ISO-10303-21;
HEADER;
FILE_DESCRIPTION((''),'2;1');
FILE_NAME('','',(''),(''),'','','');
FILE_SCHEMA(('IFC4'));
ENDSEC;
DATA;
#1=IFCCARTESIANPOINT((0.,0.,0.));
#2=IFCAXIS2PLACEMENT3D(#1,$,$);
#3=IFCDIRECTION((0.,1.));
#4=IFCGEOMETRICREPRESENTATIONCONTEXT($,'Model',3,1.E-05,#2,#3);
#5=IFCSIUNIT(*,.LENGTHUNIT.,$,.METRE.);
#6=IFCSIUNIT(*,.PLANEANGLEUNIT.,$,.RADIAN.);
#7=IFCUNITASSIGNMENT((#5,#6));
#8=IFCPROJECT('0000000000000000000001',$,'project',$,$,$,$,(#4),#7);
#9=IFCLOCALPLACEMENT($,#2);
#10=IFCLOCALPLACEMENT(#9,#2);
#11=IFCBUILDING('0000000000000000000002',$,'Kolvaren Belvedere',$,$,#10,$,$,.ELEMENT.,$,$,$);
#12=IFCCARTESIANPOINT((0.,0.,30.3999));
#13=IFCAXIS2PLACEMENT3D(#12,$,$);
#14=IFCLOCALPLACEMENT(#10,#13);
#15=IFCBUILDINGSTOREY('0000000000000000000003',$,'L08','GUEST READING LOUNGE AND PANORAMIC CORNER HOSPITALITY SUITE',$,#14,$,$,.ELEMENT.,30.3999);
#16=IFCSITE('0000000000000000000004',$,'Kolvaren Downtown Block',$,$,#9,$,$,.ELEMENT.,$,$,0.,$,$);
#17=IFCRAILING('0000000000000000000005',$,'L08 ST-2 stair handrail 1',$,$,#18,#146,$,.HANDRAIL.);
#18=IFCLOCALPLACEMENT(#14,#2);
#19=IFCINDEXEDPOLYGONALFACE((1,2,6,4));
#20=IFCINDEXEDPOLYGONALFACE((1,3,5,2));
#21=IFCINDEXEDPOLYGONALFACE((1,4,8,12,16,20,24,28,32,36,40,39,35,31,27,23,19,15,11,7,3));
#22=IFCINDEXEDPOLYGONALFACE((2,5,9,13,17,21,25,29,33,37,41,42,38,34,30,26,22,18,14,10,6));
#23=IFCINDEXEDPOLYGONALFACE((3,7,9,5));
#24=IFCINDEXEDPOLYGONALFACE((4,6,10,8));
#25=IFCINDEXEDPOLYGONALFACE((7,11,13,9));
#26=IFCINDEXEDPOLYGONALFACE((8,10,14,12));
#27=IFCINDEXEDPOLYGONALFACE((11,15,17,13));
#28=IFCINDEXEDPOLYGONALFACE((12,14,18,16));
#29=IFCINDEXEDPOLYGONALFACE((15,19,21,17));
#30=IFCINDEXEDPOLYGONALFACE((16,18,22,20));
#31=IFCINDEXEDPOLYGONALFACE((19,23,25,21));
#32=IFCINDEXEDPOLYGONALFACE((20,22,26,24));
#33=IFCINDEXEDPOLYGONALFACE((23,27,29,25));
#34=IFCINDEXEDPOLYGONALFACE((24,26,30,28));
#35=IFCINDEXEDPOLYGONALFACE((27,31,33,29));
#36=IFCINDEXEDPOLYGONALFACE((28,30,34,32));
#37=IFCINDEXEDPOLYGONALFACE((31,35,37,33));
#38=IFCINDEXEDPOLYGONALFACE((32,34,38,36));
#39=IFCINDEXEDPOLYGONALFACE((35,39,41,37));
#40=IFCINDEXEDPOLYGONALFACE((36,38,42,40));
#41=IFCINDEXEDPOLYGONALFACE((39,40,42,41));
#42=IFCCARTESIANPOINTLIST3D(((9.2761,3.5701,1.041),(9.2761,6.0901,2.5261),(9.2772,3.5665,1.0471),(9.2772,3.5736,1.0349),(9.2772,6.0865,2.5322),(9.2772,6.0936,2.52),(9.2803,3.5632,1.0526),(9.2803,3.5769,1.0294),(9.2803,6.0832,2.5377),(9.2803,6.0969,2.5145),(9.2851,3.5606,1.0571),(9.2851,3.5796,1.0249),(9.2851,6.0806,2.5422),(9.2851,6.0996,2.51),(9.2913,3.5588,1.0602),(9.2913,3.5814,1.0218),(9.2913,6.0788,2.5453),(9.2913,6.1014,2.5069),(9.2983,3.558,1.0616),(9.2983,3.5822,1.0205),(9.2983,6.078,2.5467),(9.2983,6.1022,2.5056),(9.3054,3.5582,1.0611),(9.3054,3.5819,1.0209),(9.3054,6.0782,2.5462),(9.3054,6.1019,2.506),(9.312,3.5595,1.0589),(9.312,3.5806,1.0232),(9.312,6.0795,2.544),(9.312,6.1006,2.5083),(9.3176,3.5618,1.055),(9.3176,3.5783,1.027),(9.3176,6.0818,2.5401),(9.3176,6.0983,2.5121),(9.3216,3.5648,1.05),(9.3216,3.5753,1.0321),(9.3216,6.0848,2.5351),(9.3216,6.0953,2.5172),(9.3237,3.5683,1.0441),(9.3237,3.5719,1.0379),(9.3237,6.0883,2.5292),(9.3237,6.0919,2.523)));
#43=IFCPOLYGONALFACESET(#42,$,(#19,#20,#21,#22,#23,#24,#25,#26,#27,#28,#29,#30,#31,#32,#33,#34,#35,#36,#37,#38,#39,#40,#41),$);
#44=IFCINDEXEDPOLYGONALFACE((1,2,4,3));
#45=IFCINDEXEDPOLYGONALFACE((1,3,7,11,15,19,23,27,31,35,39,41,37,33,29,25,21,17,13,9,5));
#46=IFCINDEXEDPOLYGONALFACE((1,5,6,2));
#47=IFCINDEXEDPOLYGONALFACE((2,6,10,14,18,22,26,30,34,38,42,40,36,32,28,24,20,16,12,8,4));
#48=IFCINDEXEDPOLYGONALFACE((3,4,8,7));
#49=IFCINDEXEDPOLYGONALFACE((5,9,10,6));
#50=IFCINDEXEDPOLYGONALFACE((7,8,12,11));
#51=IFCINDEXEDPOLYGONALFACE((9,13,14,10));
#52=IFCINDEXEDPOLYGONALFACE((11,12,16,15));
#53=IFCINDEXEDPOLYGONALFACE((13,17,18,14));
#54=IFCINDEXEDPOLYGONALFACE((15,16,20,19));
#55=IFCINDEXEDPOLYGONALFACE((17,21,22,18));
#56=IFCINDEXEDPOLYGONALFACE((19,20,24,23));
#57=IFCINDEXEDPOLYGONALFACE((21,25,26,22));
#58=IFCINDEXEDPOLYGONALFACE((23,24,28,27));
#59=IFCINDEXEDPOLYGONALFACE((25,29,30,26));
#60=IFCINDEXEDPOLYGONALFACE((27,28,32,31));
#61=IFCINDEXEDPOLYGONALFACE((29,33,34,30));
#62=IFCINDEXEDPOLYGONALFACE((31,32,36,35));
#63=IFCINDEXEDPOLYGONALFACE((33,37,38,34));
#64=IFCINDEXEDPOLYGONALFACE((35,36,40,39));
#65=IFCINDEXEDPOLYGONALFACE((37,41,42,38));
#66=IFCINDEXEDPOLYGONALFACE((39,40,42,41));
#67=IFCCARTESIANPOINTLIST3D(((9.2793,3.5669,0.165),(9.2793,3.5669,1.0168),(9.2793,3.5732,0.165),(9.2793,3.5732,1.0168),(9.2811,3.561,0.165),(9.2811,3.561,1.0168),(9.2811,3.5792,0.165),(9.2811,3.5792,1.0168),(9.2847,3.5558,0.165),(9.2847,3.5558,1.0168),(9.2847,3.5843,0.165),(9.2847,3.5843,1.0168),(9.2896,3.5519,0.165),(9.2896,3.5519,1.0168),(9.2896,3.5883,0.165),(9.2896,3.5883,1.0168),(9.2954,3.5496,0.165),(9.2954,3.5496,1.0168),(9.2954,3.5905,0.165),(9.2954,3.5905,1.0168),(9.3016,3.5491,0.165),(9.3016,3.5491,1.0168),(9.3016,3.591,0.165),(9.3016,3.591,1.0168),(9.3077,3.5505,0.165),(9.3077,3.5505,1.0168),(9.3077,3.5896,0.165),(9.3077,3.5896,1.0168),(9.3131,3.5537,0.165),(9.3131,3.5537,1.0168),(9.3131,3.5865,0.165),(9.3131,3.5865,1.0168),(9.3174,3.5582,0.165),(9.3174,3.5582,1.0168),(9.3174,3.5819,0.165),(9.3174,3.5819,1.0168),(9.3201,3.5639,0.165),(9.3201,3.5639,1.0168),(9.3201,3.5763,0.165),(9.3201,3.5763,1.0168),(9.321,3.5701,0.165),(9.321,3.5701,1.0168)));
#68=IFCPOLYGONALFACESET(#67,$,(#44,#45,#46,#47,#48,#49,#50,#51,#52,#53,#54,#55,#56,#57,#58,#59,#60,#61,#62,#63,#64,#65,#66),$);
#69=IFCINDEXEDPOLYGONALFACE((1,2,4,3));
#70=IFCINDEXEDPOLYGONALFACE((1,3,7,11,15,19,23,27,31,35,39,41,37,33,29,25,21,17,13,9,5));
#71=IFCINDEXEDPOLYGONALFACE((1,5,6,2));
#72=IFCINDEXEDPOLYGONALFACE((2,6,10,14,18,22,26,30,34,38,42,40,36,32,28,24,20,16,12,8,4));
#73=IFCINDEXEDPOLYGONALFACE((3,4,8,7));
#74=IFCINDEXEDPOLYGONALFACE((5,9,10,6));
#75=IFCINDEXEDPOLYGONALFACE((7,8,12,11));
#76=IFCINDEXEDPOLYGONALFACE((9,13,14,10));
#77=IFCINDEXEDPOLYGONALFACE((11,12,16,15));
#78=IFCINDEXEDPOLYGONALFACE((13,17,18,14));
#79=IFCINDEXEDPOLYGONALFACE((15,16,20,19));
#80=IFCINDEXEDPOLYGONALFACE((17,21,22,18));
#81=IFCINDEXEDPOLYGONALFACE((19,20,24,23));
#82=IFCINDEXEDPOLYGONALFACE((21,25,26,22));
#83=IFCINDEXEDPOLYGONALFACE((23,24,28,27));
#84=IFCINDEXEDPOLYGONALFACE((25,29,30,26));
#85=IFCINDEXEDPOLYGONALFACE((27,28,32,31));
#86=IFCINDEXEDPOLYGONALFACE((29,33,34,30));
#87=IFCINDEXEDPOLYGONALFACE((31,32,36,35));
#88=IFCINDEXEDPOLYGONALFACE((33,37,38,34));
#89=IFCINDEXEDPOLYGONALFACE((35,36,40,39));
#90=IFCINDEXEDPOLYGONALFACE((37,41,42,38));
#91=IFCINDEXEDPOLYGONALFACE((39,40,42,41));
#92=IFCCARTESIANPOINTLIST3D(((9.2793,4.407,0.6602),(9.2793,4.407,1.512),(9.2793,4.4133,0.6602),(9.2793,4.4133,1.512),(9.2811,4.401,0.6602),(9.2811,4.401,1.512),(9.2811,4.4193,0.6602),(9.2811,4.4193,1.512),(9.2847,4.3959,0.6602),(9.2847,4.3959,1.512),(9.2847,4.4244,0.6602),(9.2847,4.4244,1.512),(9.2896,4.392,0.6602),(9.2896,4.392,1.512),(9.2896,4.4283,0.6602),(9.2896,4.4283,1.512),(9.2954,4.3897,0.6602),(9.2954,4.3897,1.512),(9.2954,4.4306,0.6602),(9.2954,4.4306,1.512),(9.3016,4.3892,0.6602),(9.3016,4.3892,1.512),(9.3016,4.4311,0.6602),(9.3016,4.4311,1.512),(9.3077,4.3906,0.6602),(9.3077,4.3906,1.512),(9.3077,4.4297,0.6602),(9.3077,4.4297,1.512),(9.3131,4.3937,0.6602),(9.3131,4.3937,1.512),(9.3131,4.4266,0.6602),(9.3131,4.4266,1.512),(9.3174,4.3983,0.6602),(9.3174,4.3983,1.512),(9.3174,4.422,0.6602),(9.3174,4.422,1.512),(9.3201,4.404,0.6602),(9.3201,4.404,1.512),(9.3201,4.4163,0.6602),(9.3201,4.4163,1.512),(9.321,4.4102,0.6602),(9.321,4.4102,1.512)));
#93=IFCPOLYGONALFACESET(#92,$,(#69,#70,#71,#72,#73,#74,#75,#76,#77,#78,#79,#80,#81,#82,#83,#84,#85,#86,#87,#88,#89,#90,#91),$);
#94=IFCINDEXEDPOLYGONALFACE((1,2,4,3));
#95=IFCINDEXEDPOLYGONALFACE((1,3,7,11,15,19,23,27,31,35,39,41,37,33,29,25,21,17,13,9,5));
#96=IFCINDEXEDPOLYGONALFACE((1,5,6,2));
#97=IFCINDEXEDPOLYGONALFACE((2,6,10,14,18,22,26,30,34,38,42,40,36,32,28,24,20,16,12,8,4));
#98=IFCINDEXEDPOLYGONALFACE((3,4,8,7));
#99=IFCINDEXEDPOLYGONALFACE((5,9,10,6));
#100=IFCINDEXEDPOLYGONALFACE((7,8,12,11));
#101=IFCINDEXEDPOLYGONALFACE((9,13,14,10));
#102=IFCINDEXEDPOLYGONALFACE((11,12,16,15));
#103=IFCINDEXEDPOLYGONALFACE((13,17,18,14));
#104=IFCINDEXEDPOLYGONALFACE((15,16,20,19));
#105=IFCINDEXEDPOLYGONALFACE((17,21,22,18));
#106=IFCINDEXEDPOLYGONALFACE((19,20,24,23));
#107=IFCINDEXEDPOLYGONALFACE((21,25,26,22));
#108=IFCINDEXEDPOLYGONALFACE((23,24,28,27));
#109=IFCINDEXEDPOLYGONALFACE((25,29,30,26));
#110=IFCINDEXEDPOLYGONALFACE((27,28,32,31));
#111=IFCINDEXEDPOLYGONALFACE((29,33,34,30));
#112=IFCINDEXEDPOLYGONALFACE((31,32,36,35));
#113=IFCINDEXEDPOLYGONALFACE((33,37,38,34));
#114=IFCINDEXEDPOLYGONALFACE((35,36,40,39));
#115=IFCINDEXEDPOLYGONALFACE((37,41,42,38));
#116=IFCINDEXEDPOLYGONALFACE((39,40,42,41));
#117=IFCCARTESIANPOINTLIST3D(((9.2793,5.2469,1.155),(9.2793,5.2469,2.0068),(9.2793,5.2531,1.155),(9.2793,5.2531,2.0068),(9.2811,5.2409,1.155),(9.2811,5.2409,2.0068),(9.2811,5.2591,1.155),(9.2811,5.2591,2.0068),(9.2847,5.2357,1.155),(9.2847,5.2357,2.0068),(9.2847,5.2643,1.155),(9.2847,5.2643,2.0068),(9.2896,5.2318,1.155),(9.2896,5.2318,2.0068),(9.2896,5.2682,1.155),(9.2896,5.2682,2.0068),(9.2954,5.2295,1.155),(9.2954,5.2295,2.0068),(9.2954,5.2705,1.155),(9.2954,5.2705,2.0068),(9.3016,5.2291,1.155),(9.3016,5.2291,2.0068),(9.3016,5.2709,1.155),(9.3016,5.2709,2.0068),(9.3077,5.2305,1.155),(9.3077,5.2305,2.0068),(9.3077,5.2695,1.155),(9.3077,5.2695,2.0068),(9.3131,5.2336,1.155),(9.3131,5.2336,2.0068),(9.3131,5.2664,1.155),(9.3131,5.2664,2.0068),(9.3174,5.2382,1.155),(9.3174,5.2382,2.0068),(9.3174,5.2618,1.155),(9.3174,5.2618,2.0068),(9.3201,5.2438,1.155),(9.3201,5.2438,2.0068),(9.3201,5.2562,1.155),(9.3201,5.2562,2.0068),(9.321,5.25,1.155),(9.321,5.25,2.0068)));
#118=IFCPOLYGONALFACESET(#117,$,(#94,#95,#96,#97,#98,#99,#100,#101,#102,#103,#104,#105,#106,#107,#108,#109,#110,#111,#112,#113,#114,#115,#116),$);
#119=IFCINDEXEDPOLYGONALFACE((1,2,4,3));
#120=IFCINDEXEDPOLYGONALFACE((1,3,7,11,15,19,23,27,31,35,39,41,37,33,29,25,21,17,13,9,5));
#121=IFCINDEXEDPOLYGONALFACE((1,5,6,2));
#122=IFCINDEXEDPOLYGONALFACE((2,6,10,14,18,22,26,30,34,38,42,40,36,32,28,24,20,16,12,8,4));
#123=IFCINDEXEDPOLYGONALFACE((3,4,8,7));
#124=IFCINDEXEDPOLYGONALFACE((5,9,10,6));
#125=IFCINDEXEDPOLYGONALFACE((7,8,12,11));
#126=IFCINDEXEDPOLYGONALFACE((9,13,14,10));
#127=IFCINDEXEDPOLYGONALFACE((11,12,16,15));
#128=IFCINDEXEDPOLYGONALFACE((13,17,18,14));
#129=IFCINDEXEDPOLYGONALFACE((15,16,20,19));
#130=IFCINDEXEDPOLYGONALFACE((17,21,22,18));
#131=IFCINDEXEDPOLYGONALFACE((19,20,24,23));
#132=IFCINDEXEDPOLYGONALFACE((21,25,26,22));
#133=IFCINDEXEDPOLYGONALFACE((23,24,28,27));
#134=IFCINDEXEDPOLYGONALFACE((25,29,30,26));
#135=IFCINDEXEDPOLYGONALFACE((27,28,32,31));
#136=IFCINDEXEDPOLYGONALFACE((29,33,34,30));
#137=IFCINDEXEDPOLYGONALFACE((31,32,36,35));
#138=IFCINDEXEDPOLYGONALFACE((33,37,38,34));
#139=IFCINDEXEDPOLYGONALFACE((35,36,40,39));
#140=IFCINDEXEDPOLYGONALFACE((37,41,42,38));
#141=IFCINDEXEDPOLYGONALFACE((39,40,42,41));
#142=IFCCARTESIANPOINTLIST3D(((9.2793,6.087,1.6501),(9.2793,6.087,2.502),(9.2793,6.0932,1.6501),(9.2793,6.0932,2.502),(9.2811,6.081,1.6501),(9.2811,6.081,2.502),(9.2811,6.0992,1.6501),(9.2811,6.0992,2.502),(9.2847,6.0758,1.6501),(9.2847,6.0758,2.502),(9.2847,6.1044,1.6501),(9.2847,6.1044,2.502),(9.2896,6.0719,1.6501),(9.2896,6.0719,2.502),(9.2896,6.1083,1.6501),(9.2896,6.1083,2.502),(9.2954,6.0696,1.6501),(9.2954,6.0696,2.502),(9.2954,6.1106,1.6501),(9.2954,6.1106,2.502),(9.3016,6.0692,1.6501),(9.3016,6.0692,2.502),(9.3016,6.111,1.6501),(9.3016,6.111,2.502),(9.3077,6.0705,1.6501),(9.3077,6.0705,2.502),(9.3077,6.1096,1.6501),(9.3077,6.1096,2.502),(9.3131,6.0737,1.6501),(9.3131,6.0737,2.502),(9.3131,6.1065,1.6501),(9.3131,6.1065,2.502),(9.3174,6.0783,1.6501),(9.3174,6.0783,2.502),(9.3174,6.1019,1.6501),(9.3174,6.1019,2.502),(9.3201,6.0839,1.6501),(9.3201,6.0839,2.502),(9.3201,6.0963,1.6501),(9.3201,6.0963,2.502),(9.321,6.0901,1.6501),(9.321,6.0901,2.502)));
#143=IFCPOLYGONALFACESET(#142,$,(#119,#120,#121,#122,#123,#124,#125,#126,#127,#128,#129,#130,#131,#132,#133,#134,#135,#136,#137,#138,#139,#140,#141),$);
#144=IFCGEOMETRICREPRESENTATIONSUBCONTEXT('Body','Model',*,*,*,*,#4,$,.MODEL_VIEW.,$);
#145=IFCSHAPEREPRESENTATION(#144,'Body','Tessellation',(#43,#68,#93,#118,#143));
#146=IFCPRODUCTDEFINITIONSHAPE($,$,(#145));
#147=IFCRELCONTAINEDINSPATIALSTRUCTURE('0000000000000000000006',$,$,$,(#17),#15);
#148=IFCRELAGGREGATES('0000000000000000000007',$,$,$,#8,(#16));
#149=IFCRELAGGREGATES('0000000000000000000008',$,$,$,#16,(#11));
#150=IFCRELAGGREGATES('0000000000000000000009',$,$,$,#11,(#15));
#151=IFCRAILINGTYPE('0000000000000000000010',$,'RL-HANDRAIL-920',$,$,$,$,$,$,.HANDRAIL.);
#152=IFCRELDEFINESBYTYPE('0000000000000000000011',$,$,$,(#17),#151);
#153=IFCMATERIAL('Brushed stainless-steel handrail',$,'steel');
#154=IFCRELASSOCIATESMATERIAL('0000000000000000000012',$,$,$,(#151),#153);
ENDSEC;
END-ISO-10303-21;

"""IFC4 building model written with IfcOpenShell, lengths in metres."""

from ifc_helpers import new_model, si_unit, direction, frame, origin, origin_2d, place, context, subcontext, project, spatial, circle, extrude, material, type_object, element, save


model = new_model("IFC4")

# Units and contexts
model_context = context("Model", 3, precision=1e-05, world=origin(), true_north=direction((0.0, 1.0)))
body_context = subcontext(model_context, "Body", "Model", "MODEL_VIEW")
ifc_project = project(units=[si_unit("LENGTHUNIT", "METRE"), si_unit("PLANEANGLEUNIT", "RADIAN")], contexts=[model_context])

# Site, building, storey
site_placement = place(None, origin())
site = spatial("IfcSite", under=ifc_project, at=site_placement, Name="Kolvaren Downtown Block", CompositionType="ELEMENT", RefElevation=0.0)
building_placement = place(site_placement, origin())
building = spatial("IfcBuilding", under=site, at=building_placement, Name="Kolvaren Belvedere", CompositionType="ELEMENT")
storey_placement = place(building_placement, frame((0.0, 0.0, 30.3999)))
storey = spatial("IfcBuildingStorey", under=building, at=storey_placement, Name="L08", Description="GUEST READING LOUNGE AND PANORAMIC CORNER HOSPITALITY SUITE", CompositionType="ELEMENT", Elevation=30.3999)

# Railing
ifc_material_1 = material(Name="Brushed stainless-steel handrail", Category="steel")
railing_type_1 = type_object("IfcRailingType", Name="RL-HANDRAIL-920", PredefinedType="HANDRAIL", material=ifc_material_1)
railing_1_placement = place(storey_placement, frame((9.3, 3.5701, 0.165)))
element("IfcRailing", 1, at=railing_1_placement, inside=storey, type_object=railing_type_1, Name="L08 ST-2 stair handrail 1", PredefinedType="HANDRAIL", context=body_context, shape_type="SweptSolid", body=[
    extrude(circle(Radius=0.0239, at=origin_2d()), frame((0.0, 0.0, 0.876), z_axis=(0.0, 0.861524, 0.507717), x_axis=(-1.0, 0.0, 0.0)), (0.0, 0.0, 1.0), 2.925),
    extrude(circle(Radius=0.021, at=origin_2d()), origin(), (0.0, 0.0, 1.0), 0.8518),
    extrude(circle(Radius=0.021, at=origin_2d()), frame((0.0, 0.8401, 0.4951)), (0.0, 0.0, 1.0), 0.8518),
    extrude(circle(Radius=0.021, at=origin_2d()), frame((0.0, 1.6799, 0.99)), (0.0, 0.0, 1.0), 0.8518),
    extrude(circle(Radius=0.021, at=origin_2d()), frame((0.0, 2.52, 1.4851)), (0.0, 0.0, 1.0), 0.8518),
])

save(model, "model.ifc")
